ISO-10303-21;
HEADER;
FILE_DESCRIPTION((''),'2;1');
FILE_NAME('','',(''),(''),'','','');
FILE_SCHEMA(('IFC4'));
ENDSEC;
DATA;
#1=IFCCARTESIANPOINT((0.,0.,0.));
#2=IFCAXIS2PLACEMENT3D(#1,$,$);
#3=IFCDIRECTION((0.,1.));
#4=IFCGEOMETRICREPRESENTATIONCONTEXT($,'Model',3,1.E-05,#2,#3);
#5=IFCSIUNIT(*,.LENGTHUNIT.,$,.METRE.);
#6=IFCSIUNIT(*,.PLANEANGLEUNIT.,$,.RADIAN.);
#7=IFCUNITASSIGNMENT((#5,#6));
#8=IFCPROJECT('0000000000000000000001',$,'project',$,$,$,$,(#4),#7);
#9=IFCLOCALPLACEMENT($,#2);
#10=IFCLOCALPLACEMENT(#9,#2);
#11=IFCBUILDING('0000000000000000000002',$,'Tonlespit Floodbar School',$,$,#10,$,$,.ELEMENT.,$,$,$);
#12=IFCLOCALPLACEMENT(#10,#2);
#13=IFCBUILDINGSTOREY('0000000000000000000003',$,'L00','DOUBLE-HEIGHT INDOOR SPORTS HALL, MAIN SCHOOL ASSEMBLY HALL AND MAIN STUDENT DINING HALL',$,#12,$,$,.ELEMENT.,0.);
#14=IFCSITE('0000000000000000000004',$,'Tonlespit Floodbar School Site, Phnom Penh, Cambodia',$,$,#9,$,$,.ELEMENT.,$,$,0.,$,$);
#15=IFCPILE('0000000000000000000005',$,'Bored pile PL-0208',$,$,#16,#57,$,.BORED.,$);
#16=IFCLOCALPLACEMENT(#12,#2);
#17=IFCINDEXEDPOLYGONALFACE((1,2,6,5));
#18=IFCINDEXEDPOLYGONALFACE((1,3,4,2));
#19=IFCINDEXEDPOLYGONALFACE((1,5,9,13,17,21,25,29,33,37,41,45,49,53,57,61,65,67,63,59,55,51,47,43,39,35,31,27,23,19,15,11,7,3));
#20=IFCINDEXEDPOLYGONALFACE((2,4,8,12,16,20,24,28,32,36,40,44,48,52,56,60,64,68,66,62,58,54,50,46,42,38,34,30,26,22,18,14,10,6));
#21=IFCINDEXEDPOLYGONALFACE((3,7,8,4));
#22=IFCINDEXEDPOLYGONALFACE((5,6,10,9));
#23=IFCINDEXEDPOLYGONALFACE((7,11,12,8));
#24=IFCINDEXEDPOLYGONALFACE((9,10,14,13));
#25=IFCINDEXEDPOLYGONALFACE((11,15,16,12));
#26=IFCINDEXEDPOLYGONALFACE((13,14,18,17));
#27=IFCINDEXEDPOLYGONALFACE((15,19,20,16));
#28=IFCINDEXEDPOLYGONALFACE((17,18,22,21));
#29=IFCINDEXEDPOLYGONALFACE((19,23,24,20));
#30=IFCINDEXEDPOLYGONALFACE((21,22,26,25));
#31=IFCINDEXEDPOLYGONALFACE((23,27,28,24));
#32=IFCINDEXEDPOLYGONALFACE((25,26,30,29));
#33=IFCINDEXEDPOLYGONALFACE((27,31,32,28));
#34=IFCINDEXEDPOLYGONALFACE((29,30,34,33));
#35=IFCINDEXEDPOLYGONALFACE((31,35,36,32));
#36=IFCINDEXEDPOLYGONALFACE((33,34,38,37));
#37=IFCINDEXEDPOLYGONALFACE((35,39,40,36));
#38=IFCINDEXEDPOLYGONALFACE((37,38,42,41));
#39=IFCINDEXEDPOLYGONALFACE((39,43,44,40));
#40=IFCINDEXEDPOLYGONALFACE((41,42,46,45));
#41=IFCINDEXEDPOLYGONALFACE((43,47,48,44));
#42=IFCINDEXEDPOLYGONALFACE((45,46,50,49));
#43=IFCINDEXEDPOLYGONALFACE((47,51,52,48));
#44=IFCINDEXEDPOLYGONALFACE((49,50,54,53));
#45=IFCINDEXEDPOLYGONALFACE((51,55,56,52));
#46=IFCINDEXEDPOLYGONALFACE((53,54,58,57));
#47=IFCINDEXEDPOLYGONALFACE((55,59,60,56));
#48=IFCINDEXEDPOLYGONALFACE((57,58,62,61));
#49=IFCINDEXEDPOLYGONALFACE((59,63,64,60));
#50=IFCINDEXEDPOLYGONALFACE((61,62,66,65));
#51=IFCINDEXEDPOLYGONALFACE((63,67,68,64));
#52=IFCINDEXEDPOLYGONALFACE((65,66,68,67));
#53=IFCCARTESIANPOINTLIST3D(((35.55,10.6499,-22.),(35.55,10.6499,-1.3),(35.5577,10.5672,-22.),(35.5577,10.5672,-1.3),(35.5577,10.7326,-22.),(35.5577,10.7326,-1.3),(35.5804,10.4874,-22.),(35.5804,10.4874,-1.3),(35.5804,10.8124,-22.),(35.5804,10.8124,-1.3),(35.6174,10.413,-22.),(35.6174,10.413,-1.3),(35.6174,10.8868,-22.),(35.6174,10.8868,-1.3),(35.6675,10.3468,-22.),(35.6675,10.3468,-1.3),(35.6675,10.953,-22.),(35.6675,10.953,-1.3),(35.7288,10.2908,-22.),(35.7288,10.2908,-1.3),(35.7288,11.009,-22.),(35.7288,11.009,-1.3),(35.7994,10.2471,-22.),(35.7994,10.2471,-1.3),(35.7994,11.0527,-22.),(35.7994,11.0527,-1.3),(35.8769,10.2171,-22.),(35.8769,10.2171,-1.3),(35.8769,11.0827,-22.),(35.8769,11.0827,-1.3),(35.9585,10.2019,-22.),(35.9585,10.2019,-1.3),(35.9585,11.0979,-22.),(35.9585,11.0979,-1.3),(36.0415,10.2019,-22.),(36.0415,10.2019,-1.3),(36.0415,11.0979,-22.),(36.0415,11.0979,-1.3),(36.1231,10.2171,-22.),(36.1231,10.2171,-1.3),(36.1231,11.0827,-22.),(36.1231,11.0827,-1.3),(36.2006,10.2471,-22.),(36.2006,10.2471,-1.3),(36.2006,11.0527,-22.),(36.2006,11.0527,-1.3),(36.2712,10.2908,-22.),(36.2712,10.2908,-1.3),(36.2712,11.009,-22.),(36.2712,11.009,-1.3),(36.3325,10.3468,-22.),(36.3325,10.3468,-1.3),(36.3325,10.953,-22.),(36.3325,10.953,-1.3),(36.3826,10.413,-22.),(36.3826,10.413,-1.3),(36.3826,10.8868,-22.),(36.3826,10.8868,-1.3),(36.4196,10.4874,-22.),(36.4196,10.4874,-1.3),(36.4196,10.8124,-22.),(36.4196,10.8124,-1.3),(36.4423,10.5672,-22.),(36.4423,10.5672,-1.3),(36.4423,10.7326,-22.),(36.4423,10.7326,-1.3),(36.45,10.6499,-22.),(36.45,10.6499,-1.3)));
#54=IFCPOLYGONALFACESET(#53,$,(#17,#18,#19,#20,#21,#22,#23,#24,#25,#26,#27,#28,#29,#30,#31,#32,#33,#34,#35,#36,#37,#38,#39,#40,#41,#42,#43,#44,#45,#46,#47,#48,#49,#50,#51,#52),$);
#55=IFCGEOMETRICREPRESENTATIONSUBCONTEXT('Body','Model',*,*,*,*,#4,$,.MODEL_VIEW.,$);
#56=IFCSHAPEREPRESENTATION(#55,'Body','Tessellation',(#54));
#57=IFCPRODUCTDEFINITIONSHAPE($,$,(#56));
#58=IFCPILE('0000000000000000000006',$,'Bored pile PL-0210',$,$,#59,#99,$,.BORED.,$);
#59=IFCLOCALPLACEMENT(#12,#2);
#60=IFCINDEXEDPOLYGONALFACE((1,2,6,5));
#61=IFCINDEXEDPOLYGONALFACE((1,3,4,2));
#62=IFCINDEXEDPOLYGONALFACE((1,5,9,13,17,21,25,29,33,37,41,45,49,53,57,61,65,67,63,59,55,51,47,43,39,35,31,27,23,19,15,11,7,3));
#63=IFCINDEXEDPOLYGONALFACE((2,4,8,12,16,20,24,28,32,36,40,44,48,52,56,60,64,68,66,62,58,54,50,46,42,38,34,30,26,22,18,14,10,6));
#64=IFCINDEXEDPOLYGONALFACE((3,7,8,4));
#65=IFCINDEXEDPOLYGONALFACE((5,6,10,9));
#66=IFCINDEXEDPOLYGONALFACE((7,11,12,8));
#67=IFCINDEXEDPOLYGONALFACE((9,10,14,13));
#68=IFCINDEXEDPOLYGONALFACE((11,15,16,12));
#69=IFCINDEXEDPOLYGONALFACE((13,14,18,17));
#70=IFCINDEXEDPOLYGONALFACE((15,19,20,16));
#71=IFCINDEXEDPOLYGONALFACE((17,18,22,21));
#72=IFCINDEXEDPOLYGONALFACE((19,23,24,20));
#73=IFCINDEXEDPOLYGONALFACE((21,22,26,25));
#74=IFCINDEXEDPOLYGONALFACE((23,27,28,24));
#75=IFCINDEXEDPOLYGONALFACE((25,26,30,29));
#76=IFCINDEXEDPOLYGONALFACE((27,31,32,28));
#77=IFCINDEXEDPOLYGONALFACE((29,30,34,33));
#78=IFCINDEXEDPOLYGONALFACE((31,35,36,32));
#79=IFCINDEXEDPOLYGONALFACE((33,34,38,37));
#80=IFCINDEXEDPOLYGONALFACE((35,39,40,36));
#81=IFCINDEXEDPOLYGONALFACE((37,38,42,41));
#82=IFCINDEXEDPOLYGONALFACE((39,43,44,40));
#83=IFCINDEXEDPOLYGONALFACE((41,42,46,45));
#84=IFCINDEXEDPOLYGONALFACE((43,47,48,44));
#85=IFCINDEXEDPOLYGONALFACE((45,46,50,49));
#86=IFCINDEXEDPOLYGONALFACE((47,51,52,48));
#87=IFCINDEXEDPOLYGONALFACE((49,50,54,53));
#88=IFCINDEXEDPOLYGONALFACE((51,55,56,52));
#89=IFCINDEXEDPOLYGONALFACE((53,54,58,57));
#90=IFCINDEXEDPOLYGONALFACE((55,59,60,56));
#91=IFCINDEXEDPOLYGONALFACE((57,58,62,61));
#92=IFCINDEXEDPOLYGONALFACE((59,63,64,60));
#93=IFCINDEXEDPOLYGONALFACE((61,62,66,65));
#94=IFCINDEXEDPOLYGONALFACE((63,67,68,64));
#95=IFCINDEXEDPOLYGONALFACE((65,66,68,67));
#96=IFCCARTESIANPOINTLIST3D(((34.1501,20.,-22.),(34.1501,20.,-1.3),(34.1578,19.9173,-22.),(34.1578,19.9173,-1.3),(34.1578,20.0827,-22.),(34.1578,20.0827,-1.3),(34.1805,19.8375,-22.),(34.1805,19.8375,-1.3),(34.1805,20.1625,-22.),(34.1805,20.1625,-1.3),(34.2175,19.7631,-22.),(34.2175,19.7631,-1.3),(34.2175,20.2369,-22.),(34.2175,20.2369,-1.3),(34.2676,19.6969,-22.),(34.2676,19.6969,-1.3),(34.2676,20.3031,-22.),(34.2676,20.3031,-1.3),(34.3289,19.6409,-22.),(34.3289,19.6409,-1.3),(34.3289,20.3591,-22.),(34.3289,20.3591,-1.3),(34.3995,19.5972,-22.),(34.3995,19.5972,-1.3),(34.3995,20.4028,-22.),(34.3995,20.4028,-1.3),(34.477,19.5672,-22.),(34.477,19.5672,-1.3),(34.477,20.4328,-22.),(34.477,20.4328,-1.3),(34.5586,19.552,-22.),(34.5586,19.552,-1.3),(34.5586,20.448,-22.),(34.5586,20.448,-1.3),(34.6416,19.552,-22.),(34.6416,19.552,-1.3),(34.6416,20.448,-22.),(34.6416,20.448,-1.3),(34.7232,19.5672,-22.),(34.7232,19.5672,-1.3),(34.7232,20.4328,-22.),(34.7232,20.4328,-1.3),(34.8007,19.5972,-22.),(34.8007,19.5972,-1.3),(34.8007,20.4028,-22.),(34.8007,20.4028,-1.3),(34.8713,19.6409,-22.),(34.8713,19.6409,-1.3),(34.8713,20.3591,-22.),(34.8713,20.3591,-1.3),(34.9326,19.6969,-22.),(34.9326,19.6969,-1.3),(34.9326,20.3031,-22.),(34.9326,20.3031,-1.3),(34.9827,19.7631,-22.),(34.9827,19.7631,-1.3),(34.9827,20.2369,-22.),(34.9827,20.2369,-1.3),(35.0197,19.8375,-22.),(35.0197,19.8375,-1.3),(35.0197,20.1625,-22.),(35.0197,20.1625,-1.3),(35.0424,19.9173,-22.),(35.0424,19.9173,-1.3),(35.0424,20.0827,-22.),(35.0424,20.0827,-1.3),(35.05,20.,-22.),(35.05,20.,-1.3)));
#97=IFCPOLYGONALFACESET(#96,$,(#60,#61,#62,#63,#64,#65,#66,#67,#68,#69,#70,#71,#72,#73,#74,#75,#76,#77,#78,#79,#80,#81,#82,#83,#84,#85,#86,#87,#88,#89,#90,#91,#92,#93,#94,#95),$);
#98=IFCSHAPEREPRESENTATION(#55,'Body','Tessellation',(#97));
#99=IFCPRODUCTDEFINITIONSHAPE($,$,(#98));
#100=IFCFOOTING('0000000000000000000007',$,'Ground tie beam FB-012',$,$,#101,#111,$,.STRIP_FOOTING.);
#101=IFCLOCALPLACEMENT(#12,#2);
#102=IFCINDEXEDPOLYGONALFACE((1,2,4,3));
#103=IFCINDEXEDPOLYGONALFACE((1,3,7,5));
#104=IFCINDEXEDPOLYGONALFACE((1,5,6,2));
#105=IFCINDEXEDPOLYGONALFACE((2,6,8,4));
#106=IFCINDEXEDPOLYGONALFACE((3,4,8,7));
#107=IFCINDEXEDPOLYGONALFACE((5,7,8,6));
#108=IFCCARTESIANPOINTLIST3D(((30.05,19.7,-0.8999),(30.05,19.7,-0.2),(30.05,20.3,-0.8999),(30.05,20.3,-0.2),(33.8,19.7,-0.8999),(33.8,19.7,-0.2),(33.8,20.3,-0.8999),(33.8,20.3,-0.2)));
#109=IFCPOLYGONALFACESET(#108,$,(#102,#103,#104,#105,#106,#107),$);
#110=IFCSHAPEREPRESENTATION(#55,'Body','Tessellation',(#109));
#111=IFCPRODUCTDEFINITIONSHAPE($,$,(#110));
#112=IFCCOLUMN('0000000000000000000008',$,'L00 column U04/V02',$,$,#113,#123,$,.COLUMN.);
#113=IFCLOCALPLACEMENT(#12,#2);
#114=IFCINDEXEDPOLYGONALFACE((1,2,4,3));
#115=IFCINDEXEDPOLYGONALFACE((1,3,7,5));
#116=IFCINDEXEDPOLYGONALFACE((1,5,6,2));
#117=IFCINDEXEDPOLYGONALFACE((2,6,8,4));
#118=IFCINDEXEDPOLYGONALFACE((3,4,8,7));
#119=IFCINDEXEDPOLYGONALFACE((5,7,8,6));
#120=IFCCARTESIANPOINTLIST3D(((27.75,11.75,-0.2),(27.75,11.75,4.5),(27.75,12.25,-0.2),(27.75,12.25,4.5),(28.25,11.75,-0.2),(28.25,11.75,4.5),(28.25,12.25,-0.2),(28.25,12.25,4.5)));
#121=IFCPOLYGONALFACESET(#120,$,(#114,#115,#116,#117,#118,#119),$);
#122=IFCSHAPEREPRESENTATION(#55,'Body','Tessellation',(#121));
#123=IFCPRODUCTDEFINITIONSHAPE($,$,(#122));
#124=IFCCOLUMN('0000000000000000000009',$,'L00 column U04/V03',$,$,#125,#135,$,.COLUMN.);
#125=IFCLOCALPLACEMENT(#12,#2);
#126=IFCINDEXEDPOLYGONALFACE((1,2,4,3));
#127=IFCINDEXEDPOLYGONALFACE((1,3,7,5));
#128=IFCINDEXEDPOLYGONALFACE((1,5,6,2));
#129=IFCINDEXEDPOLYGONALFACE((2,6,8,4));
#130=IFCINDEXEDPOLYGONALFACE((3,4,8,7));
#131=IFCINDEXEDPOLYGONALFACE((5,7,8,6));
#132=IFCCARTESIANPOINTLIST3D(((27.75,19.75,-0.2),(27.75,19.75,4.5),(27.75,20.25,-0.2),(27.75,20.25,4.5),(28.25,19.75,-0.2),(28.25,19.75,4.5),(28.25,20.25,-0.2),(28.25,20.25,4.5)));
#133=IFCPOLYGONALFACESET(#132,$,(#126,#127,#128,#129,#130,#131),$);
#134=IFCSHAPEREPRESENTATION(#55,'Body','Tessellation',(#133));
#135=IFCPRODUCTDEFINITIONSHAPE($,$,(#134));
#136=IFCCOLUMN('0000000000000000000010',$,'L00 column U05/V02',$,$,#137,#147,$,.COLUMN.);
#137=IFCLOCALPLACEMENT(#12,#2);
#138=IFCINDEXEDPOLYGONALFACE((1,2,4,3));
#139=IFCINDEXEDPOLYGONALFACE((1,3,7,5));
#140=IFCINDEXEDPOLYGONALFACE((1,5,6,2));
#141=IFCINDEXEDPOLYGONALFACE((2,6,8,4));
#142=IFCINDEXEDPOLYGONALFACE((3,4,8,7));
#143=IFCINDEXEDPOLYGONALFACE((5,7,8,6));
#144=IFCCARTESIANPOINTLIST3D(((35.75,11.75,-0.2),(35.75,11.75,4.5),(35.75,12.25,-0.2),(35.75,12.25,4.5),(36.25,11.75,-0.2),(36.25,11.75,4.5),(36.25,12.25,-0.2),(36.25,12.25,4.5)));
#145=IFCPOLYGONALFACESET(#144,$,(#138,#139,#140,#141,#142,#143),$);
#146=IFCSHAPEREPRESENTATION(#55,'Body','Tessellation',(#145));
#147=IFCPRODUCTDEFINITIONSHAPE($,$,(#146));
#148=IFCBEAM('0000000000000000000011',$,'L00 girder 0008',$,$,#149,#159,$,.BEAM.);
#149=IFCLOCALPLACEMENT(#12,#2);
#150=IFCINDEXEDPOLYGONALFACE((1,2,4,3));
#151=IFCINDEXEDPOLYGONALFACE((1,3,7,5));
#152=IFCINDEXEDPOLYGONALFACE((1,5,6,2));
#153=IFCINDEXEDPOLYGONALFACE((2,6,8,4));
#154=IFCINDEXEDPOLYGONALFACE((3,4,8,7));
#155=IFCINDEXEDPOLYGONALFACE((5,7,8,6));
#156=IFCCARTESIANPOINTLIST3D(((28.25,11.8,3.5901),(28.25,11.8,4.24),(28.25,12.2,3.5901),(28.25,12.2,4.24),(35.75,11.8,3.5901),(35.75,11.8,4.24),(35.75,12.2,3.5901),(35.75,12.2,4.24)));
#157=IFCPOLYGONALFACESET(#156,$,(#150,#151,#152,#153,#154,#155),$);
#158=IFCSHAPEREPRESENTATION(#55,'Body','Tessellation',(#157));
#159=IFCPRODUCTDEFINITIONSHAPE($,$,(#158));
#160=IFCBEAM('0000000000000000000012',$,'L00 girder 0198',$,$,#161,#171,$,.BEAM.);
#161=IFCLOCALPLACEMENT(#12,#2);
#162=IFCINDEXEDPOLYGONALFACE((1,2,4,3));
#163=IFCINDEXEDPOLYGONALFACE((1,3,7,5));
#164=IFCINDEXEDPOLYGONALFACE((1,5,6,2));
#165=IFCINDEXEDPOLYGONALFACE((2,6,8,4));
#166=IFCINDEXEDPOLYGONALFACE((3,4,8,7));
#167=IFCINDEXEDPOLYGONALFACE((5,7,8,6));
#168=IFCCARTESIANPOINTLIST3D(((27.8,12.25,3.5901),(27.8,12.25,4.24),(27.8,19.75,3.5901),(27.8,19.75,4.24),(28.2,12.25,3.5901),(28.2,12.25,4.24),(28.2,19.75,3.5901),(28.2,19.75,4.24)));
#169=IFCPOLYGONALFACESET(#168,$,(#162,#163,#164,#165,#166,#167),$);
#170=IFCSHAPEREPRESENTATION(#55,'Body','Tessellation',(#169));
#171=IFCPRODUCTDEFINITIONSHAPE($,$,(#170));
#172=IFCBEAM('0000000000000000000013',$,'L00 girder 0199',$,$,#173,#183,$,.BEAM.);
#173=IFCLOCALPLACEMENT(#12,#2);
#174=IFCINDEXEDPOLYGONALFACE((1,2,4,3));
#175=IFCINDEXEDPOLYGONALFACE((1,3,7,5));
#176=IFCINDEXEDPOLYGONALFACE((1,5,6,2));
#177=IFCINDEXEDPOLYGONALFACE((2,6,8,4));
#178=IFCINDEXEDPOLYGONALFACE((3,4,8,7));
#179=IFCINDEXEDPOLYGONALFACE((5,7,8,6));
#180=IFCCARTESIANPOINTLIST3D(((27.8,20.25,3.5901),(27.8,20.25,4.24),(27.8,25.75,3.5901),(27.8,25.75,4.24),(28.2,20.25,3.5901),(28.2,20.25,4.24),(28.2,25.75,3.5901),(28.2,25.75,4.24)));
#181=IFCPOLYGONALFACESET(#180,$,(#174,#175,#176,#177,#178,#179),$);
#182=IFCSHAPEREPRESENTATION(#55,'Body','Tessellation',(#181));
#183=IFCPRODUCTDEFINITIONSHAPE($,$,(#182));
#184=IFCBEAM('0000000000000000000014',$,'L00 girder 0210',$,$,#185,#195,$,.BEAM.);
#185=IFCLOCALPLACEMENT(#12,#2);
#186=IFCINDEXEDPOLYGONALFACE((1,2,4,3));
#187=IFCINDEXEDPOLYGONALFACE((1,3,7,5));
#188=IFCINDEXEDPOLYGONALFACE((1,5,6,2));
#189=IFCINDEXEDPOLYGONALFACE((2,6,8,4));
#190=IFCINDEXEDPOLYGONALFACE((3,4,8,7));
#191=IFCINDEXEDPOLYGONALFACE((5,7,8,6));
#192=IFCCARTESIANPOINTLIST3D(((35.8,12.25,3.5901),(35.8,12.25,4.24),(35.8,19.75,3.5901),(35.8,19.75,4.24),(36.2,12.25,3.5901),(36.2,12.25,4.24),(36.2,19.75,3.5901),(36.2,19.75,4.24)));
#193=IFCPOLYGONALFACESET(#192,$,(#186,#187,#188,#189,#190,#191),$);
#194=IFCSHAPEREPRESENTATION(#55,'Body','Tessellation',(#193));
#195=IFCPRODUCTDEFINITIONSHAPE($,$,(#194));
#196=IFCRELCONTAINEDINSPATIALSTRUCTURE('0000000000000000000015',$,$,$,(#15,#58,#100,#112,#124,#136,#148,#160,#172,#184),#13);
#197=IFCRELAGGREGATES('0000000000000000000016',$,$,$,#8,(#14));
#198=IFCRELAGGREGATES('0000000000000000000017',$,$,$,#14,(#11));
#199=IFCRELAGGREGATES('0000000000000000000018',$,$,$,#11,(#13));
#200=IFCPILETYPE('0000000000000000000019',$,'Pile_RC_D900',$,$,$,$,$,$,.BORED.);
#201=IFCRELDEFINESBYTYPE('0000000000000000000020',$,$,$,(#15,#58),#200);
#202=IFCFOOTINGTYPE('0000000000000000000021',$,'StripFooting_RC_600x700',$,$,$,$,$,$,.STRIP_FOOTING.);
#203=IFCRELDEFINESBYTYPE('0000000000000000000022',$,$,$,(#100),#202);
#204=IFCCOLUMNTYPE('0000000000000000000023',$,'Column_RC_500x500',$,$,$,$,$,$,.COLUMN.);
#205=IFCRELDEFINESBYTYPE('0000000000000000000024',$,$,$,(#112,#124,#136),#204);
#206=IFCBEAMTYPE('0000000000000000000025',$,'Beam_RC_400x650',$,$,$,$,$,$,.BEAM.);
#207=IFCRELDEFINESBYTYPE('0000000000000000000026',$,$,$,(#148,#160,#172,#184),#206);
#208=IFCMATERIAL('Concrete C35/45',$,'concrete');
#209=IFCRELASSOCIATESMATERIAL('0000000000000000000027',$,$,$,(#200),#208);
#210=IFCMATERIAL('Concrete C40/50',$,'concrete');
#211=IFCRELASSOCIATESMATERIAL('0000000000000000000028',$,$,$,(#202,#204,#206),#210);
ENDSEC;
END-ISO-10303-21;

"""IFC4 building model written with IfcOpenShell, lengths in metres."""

from ifc_helpers import new_model, si_unit, direction, frame, origin, origin_2d, place, context, subcontext, project, spatial, rectangle, circle, extrude, material, material_profile, profile_set, type_object, element, save


model = new_model("IFC4")

# Units and contexts
model_context = context("Model", 3, precision=1e-05, world=origin(), true_north=direction((0.0, 1.0)))
body_context = subcontext(model_context, "Body", "Model", "MODEL_VIEW")
ifc_project = project(units=[si_unit("LENGTHUNIT", "METRE"), si_unit("PLANEANGLEUNIT", "RADIAN")], contexts=[model_context])

# Site, building, storey
site_placement = place(None, origin())
site = spatial("IfcSite", under=ifc_project, at=site_placement, Name="Tonlespit Floodbar School Site, Phnom Penh, Cambodia", CompositionType="ELEMENT", RefElevation=0.0)
building_placement = place(site_placement, origin())
building = spatial("IfcBuilding", under=site, at=building_placement, Name="Tonlespit Floodbar School", CompositionType="ELEMENT")
storey_placement = place(building_placement, origin())
storey = spatial("IfcBuildingStorey", under=building, at=storey_placement, Name="L00", Description="DOUBLE-HEIGHT INDOOR SPORTS HALL, MAIN SCHOOL ASSEMBLY HALL AND MAIN STUDENT DINING HALL", CompositionType="ELEMENT", Elevation=0.0)

# Shared definitions
ifc_material_1 = material(Name="Concrete C40/50", Category="concrete")

# Piles
ifc_material_2 = material(Name="Concrete C35/45", Category="concrete")
ifc_material_profile_1 = material_profile(ifc_material_2, circle(Radius=0.45, at=origin_2d()), Name="BP D900")
ifc_profile_set_1 = profile_set([ifc_material_profile_1], Name="Concrete C35/45")
pile_type = type_object("IfcPileType", Name="Pile_RC_D900", PredefinedType="BORED", material=ifc_profile_set_1)
for number, where, z_axis, x_axis, name in (
    (1, (36.0, 10.6499, -1.3), (0.0, 0.0, -1.0), (1.0, 0.0, 0.0), "Bored pile PL-0208"),
    (2, (34.6001, 20.0, -1.3), (0.0, 0.0, -1.0), (1.0, 0.0, 0.0), "Bored pile PL-0210"),
):
    element("IfcPile", number, at=place(storey_placement, frame(where, z_axis=z_axis, x_axis=x_axis)), inside=storey, type_object=pile_type, Name=name, PredefinedType="BORED", context=body_context, shape_type="SweptSolid", body=[
        extrude(circle(Radius=0.45, at=origin_2d()), origin(), (0.0, 0.0, 1.0), 20.7),
    ])

# Footing
footing_type_1 = type_object("IfcFootingType", Name="StripFooting_RC_600x700", PredefinedType="STRIP_FOOTING", material=ifc_material_1)
footing_1_placement = place(storey_placement, frame((31.925, 20.0, -0.8999), z_axis=(0.0, 0.0, 1.0), x_axis=(1.0, 0.0, 0.0)))
element("IfcFooting", 3, at=footing_1_placement, inside=storey, type_object=footing_type_1, Name="Ground tie beam FB-012", PredefinedType="STRIP_FOOTING", context=body_context, shape_type="SweptSolid", body=[
    extrude(rectangle(XDim=3.75, YDim=0.6001, at=origin_2d()), origin(), (0.0, 0.0, 1.0), 0.7),
])

# Columns
ifc_material_profile_2 = material_profile(ifc_material_1, rectangle(XDim=0.5, YDim=0.5, at=origin_2d()), Name="RC 500x500")
ifc_profile_set_2 = profile_set([ifc_material_profile_2], Name="Concrete C40/50")
column_type = type_object("IfcColumnType", Name="Column_RC_500x500", PredefinedType="COLUMN", material=ifc_profile_set_2)
for number, where, z_axis, x_axis, name in (
    (4, (28.0, 12.0, -0.2), (0.0, 0.0, 1.0), (1.0, 0.0, 0.0), "L00 column U04/V02"),
    (5, (28.0, 20.0, -0.2), (0.0, 0.0, 1.0), (1.0, 0.0, 0.0), "L00 column U04/V03"),
    (6, (36.0, 12.0, -0.2), (0.0, 0.0, 1.0), (1.0, 0.0, 0.0), "L00 column U05/V02"),
):
    element("IfcColumn", number, at=place(storey_placement, frame(where, z_axis=z_axis, x_axis=x_axis)), inside=storey, type_object=column_type, Name=name, PredefinedType="COLUMN", context=body_context, shape_type="SweptSolid", body=[
        extrude(rectangle(XDim=0.5, YDim=0.5, at=origin_2d()), origin(), (0.0, 0.0, 1.0), 4.7),
    ])

# Beams
ifc_material_profile_3 = material_profile(ifc_material_1, rectangle(XDim=0.3999, YDim=0.6499, at=origin_2d()), Name="RC 400x650")
ifc_profile_set_3 = profile_set([ifc_material_profile_3], Name="Concrete C40/50")
beam_type_1 = type_object("IfcBeamType", Name="Beam_RC_400x650", PredefinedType="BEAM", material=ifc_profile_set_3)
for number, where, z_axis, x_axis, name in (
    (7, (28.25, 12.0, 3.915), (1.0, 0.0, 0.0), (0.0, 1.0, 0.0), "L00 girder 0008"),
    (8, (28.0, 12.25, 3.915), (0.0, 1.0, 0.0), (-1.0, 0.0, 0.0), "L00 girder 0198"),
):
    element("IfcBeam", number, at=place(storey_placement, frame(where, z_axis=z_axis, x_axis=x_axis)), inside=storey, type_object=beam_type_1, Name=name, PredefinedType="BEAM", context=body_context, shape_type="SweptSolid", body=[
        extrude(rectangle(XDim=0.3999, YDim=0.6499, at=origin_2d()), origin(), (0.0, 0.0, 1.0), 7.5),
    ])
beam_1_placement = place(storey_placement, frame((28.0, 20.25, 3.915), z_axis=(0.0, 1.0, 0.0), x_axis=(-1.0, 0.0, 0.0)))
element("IfcBeam", 9, at=beam_1_placement, inside=storey, type_object=beam_type_1, Name="L00 girder 0199", PredefinedType="BEAM", context=body_context, shape_type="SweptSolid", body=[
    extrude(rectangle(XDim=0.3999, YDim=0.6499, at=origin_2d()), origin(), (0.0, 0.0, 1.0), 5.5),
])
beam_2_placement = place(storey_placement, frame((36.0, 12.25, 3.915), z_axis=(0.0, 1.0, 0.0), x_axis=(-1.0, 0.0, 0.0)))
element("IfcBeam", 10, at=beam_2_placement, inside=storey, type_object=beam_type_1, Name="L00 girder 0210", PredefinedType="BEAM", context=body_context, shape_type="SweptSolid", body=[
    extrude(rectangle(XDim=0.3999, YDim=0.6499, at=origin_2d()), origin(), (0.0, 0.0, 1.0), 7.5),
])

save(model, "model.ifc")
